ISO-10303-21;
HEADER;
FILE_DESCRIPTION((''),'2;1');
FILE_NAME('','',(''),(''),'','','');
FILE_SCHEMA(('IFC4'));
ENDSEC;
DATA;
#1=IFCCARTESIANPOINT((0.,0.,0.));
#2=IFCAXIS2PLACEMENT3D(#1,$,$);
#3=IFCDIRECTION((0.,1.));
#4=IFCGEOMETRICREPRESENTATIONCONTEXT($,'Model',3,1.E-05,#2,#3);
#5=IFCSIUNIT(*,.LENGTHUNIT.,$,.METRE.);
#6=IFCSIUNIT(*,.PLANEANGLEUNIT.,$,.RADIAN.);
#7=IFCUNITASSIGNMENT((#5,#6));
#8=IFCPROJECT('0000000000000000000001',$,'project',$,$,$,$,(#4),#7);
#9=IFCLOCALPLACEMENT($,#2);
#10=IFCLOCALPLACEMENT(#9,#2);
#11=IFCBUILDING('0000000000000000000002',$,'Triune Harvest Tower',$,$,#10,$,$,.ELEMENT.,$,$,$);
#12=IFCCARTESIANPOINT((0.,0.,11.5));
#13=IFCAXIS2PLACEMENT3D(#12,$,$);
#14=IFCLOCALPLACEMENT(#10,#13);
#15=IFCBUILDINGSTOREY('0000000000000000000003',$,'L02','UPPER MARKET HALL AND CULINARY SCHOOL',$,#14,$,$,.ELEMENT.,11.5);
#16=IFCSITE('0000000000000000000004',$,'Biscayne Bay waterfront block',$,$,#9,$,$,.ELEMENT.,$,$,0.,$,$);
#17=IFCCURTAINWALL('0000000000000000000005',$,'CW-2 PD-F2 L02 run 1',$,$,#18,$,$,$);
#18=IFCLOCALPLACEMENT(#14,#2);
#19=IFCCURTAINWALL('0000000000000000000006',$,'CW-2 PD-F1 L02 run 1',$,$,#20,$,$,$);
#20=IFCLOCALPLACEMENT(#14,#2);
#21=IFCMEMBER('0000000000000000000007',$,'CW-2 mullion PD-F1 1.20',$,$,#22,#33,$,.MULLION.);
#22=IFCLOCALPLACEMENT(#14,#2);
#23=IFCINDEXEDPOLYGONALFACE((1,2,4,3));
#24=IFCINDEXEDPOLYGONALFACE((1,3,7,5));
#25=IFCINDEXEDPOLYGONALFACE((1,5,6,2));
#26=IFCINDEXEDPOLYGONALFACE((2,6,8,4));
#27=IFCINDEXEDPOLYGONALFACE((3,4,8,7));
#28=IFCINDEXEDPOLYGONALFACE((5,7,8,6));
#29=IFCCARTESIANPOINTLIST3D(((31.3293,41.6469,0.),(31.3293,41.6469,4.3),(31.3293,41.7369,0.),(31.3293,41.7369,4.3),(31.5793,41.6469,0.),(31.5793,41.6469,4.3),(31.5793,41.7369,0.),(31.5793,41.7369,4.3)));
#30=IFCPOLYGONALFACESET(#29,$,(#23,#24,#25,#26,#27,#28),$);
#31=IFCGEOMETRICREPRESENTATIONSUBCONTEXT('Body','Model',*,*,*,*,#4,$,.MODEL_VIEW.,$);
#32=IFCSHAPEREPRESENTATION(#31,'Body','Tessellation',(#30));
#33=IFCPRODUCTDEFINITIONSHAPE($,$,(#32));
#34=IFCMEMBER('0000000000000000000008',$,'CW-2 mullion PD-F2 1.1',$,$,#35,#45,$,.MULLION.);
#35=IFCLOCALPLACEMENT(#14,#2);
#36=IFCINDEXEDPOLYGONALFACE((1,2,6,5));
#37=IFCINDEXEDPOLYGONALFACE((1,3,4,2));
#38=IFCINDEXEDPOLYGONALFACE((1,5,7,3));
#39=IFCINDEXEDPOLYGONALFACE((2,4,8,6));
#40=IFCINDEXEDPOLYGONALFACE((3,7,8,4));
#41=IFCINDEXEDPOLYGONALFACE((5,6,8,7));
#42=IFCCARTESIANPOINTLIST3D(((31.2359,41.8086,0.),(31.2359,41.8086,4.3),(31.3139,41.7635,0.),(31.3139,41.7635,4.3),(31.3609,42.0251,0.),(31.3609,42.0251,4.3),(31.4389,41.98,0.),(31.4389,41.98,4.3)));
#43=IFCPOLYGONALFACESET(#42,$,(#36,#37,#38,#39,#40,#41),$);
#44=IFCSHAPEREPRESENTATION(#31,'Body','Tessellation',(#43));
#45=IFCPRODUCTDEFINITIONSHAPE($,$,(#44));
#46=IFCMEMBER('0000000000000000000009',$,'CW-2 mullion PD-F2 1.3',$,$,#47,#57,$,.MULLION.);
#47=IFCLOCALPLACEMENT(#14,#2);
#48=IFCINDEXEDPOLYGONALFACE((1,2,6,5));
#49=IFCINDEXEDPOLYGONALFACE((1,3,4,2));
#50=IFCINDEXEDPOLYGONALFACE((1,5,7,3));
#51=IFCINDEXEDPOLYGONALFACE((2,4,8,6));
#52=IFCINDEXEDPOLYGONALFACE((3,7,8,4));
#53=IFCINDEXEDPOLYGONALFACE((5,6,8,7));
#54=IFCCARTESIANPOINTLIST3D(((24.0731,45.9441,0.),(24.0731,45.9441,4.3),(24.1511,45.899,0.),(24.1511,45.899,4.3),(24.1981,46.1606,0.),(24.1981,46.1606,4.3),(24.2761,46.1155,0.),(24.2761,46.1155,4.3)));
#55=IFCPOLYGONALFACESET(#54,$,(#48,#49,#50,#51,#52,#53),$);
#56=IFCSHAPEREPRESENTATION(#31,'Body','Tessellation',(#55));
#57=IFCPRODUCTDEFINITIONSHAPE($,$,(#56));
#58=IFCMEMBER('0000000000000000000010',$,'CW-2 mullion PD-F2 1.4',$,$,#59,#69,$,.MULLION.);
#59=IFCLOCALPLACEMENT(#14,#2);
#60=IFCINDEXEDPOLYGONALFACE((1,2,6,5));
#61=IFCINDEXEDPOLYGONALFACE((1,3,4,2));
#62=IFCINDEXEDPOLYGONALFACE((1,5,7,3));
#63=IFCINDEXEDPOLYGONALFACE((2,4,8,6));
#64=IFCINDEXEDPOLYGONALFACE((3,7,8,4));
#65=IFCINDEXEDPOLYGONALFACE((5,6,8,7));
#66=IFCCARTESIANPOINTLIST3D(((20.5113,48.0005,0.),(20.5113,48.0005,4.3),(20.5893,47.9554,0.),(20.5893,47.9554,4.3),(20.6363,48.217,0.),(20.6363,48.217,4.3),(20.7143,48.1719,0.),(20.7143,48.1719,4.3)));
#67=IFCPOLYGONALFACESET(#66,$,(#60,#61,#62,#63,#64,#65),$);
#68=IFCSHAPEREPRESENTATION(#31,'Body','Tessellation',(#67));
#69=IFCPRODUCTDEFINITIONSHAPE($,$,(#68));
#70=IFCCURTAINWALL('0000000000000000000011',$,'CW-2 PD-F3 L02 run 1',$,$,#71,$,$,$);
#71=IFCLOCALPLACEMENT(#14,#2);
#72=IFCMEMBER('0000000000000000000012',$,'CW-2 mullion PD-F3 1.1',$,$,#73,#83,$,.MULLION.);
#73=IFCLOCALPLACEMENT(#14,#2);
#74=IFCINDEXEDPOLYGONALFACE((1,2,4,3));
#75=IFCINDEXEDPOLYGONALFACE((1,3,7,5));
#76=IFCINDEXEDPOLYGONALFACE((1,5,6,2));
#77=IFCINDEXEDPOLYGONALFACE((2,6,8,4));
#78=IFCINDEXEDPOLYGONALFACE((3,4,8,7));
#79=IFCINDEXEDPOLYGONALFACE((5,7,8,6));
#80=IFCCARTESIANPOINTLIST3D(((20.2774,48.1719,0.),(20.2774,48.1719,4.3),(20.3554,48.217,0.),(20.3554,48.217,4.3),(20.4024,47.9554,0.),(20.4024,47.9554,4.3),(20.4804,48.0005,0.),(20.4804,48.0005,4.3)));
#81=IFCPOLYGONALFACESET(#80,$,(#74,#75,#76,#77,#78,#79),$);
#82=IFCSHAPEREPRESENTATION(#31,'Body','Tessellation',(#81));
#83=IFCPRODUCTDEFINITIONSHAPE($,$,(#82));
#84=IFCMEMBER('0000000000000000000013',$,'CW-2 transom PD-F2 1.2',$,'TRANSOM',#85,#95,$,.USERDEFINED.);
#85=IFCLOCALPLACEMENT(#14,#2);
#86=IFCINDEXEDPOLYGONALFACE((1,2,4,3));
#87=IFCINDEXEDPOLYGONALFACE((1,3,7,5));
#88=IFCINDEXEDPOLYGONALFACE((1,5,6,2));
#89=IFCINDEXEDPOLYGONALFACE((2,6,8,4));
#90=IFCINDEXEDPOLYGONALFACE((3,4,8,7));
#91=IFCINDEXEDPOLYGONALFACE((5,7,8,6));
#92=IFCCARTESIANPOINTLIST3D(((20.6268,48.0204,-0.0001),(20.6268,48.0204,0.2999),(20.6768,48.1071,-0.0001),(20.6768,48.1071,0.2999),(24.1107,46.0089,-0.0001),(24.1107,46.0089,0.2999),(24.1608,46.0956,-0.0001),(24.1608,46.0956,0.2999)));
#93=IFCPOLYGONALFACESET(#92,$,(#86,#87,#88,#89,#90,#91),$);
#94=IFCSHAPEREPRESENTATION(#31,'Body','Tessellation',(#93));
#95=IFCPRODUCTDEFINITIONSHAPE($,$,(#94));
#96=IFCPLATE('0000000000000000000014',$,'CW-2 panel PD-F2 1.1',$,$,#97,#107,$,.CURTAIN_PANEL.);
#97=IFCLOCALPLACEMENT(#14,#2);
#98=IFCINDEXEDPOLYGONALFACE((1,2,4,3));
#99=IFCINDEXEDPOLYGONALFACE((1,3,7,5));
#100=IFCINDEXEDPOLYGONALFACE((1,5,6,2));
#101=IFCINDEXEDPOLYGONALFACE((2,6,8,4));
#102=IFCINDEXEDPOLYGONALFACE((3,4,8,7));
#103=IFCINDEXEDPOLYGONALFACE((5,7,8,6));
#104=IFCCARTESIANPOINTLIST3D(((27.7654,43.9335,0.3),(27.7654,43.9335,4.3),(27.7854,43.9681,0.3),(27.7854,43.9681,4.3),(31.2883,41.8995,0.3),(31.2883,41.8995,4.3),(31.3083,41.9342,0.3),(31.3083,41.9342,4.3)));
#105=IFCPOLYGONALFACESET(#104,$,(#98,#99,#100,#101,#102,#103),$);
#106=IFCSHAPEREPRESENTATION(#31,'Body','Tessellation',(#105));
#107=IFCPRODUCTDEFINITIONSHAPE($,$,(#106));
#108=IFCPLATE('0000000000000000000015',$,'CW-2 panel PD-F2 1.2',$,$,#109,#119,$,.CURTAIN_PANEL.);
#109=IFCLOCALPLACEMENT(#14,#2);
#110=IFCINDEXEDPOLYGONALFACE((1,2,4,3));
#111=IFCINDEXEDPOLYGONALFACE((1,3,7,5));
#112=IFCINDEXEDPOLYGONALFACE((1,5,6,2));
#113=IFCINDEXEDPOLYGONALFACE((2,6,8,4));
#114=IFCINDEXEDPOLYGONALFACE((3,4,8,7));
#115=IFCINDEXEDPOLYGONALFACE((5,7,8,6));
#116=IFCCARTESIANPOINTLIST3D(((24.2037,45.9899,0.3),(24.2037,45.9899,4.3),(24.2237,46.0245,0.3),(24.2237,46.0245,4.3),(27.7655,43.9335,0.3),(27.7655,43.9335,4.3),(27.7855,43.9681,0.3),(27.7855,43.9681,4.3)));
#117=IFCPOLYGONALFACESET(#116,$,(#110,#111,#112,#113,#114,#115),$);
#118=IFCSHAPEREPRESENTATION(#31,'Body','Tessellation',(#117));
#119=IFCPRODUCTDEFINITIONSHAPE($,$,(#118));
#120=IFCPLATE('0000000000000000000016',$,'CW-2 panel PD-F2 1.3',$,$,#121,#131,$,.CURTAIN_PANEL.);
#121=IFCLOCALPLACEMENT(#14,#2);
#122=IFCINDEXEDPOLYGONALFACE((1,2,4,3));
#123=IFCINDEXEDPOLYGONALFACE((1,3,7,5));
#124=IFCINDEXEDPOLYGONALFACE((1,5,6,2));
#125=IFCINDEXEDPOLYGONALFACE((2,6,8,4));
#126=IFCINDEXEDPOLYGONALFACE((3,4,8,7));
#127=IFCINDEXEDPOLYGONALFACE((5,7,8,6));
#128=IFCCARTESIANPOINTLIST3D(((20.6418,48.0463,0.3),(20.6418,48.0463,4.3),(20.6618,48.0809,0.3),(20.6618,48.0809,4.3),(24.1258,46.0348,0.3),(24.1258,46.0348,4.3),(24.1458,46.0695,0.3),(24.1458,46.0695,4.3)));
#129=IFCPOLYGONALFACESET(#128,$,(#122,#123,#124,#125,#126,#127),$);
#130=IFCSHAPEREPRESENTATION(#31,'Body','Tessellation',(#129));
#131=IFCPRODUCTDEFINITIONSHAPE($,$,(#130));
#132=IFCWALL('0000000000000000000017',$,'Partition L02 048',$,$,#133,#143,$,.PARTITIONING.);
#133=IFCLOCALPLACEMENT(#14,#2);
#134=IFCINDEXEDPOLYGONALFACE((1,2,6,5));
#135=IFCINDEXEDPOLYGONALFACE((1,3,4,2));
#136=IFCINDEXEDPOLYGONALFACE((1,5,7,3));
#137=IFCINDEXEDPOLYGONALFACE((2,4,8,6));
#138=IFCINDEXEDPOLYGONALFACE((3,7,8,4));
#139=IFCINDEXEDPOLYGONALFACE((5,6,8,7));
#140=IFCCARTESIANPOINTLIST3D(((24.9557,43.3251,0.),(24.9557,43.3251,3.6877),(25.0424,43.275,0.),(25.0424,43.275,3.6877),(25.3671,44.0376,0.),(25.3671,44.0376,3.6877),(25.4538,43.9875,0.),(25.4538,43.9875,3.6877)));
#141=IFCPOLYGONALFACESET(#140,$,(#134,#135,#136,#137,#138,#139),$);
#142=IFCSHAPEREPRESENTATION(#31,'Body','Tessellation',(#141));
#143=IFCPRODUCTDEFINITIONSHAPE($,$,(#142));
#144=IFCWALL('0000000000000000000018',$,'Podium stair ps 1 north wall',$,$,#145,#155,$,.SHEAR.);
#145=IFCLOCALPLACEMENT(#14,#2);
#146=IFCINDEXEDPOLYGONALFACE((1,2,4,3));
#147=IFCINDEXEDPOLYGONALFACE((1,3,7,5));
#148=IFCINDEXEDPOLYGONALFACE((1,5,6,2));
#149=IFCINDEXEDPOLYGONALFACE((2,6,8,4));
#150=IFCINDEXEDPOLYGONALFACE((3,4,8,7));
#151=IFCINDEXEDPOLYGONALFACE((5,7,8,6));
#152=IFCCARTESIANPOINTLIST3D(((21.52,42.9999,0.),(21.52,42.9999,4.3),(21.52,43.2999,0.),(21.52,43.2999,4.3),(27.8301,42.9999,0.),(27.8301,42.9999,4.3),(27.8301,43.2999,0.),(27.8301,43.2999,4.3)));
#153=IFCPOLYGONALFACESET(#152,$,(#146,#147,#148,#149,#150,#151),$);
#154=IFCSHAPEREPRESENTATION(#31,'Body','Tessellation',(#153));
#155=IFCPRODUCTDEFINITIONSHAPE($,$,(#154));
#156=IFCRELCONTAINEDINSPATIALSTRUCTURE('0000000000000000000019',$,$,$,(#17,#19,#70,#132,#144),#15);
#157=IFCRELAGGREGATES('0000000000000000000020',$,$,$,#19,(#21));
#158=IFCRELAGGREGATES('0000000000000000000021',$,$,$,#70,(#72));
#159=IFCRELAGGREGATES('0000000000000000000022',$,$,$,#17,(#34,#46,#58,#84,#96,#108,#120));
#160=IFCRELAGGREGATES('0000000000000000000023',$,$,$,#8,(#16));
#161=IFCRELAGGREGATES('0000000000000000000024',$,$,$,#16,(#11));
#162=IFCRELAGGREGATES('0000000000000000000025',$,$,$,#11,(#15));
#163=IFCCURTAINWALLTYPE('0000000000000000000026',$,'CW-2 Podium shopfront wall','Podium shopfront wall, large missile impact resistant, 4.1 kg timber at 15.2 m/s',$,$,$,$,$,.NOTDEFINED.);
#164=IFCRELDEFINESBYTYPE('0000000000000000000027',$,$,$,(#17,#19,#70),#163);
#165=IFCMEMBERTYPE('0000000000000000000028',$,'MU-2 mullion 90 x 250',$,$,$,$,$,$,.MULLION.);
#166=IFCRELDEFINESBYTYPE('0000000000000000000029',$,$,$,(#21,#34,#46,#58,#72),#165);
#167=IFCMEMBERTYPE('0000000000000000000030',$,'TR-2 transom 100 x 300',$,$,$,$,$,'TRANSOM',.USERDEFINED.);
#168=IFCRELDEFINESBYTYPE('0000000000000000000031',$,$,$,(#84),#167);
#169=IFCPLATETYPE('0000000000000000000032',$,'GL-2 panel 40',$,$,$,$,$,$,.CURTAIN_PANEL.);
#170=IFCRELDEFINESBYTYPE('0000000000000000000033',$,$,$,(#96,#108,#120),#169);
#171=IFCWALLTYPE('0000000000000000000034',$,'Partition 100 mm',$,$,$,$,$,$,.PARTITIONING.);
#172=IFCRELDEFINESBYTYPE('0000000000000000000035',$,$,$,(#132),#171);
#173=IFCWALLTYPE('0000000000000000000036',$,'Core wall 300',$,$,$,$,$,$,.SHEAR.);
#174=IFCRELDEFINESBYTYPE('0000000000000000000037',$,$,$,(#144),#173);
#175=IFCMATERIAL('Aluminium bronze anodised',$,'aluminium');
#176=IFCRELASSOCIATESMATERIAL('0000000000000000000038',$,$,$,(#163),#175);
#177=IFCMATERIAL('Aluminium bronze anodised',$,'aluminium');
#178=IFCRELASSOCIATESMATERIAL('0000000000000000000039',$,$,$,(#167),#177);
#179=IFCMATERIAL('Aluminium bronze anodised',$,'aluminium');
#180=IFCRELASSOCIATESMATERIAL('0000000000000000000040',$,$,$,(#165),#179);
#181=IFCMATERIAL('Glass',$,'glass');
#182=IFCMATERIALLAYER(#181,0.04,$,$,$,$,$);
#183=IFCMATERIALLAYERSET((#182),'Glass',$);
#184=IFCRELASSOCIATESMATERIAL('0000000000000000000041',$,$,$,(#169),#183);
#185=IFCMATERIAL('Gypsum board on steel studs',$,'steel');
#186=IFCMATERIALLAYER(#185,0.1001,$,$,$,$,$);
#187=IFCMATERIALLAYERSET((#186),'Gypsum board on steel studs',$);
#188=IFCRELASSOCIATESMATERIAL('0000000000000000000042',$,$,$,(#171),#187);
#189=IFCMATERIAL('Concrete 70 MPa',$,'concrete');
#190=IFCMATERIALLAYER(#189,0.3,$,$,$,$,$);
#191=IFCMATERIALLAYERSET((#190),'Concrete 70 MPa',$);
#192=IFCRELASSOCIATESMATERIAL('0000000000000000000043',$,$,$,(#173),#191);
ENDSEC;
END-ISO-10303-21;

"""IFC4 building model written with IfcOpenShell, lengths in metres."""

from ifc_helpers import new_model, si_unit, direction, frame, frame_2d, origin, origin_2d, place, context, subcontext, project, spatial, rectangle, extrude, source, transform, mapped, material, layer, layer_set, material_profile, profile_set, type_object, element, aggregate, save


model = new_model("IFC4")

# Units and contexts
model_context = context("Model", 3, precision=1e-05, world=origin(), true_north=direction((0.0, 1.0)))
body_context = subcontext(model_context, "Body", "Model", "MODEL_VIEW")
ifc_project = project(units=[si_unit("LENGTHUNIT", "METRE"), si_unit("PLANEANGLEUNIT", "RADIAN")], contexts=[model_context])

# Site, building, storey
site_placement = place(None, origin())
site = spatial("IfcSite", under=ifc_project, at=site_placement, Name="Biscayne Bay waterfront block", CompositionType="ELEMENT", RefElevation=0.0)
building_placement = place(site_placement, origin())
building = spatial("IfcBuilding", under=site, at=building_placement, Name="Triune Harvest Tower", CompositionType="ELEMENT")
storey_placement = place(building_placement, frame((0.0, 0.0, 11.5)))
storey = spatial("IfcBuildingStorey", under=building, at=storey_placement, Name="L02", Description="UPPER MARKET HALL AND CULINARY SCHOOL", CompositionType="ELEMENT", Elevation=11.5)

# Curtain walls, member
ifc_material_1 = material(Name="Aluminium bronze anodised", Category="aluminium")
curtain_wall_type = type_object("IfcCurtainWallType", Name="CW-2 Podium shopfront wall", Description="Podium shopfront wall, large missile impact resistant, 4.1 kg timber at 15.2 m/s", PredefinedType="NOTDEFINED", material=ifc_material_1)
curtain_wall_1_placement = place(storey_placement, origin())
curtain_wall_1 = element("IfcCurtainWall", 1, at=curtain_wall_1_placement, inside=storey, type_object=curtain_wall_type, Name="CW-2 PD-F2 L02 run 1")
ifc_material_2 = material(Name="Aluminium bronze anodised", Category="aluminium")
ifc_material_profile_1 = material_profile(ifc_material_2, rectangle(XDim=0.1001, YDim=0.3, at=origin_2d()), Name="TR-2 transom 100 x 300")
ifc_profile_set_1 = profile_set([ifc_material_profile_1], Name="Aluminium bronze anodised")
member_type_1 = type_object("IfcMemberType", Name="TR-2 transom 100 x 300", ElementType="TRANSOM", PredefinedType="USERDEFINED", material=ifc_profile_set_1)
curtain_wall_2_placement = place(storey_placement, origin())
curtain_wall_2 = element("IfcCurtainWall", 2, at=curtain_wall_2_placement, inside=storey, type_object=curtain_wall_type, Name="CW-2 PD-F1 L02 run 1")
ifc_material_3 = material(Name="Aluminium bronze anodised", Category="aluminium")
ifc_material_profile_2 = material_profile(ifc_material_3, rectangle(XDim=0.25, YDim=0.0901, at=origin_2d()), Name="MU-2 mullion 90 x 250")
ifc_profile_set_2 = profile_set([ifc_material_profile_2], Name="Aluminium bronze anodised")
member_type_2 = type_object("IfcMemberType", Name="MU-2 mullion 90 x 250", PredefinedType="MULLION", material=ifc_profile_set_2)
shared_shape_1 = source(origin(), body_context, "Body", "SweptSolid", [
    extrude(rectangle(XDim=0.25, YDim=0.0901, at=origin_2d()), origin(), (0.0, 0.0, 1.0), 4.3),
])
member_1_placement = place(storey_placement, frame((31.4543, 41.6919, 0.0), z_axis=(0.0, 0.0, 1.0), x_axis=(-1.0, 0.0, 0.0)))
member_1 = element("IfcMember", 3, at=member_1_placement, type_object=member_type_2, Name="CW-2 mullion PD-F1 1.20", PredefinedType="MULLION", context=body_context, shape_type="MappedRepresentation", body=[
    mapped(shared_shape_1, transform((0.0, 0.0, 0.0), scale=1.0)),
])
aggregate(curtain_wall_2, [member_1])

# Members
member_2_placement = place(storey_placement, frame((31.3374, 41.8943, 0.0), z_axis=(0.0, 0.0, 1.0), x_axis=(-0.499998, -0.866027, 0.0)))
member_2 = element("IfcMember", 4, at=member_2_placement, type_object=member_type_2, Name="CW-2 mullion PD-F2 1.1", PredefinedType="MULLION", context=body_context, shape_type="MappedRepresentation", body=[
    mapped(shared_shape_1, transform((0.0, 0.0, 0.0), scale=1.0)),
])
member_3_placement = place(storey_placement, frame((24.1746, 46.0298, 0.0), z_axis=(0.0, 0.0, 1.0), x_axis=(-0.499998, -0.866027, 0.0)))
member_3 = element("IfcMember", 5, at=member_3_placement, type_object=member_type_2, Name="CW-2 mullion PD-F2 1.3", PredefinedType="MULLION", context=body_context, shape_type="MappedRepresentation", body=[
    mapped(shared_shape_1, transform((0.0, 0.0, 0.0), scale=1.0)),
])
member_4_placement = place(storey_placement, frame((20.6128, 48.0862, 0.0), z_axis=(0.0, 0.0, 1.0), x_axis=(-0.499998, -0.866027, 0.0)))
member_4 = element("IfcMember", 6, at=member_4_placement, type_object=member_type_2, Name="CW-2 mullion PD-F2 1.4", PredefinedType="MULLION", context=body_context, shape_type="MappedRepresentation", body=[
    mapped(shared_shape_1, transform((0.0, 0.0, 0.0), scale=1.0)),
])

# Curtain wall, member
curtain_wall_3_placement = place(storey_placement, origin())
curtain_wall_3 = element("IfcCurtainWall", 7, at=curtain_wall_3_placement, inside=storey, type_object=curtain_wall_type, Name="CW-2 PD-F3 L02 run 1")
member_5_placement = place(storey_placement, frame((20.3789, 48.0862, 0.0), z_axis=(0.0, 0.0, 1.0), x_axis=(0.5, -0.866025, 0.0)))
member_5 = element("IfcMember", 8, at=member_5_placement, type_object=member_type_2, Name="CW-2 mullion PD-F3 1.1", PredefinedType="MULLION", context=body_context, shape_type="MappedRepresentation", body=[
    mapped(shared_shape_1, transform((0.0, 0.0, 0.0), scale=1.0)),
])
aggregate(curtain_wall_3, [member_5])

# Member
shared_shape_2 = source(origin(), body_context, "Body", "SweptSolid", [
    extrude(rectangle(XDim=0.1001, YDim=0.3, at=origin_2d()), origin(), (0.0, 0.0, 1.0), 4.0229),
])
member_6_placement = place(storey_placement, frame((24.1357, 46.0522, 0.1499), z_axis=(-0.86602, 0.50001, 0.0), x_axis=(-0.50001, -0.86602, 0.0)))
member_6 = element("IfcMember", 9, at=member_6_placement, type_object=member_type_1, Name="CW-2 transom PD-F2 1.2", ObjectType="TRANSOM", PredefinedType="USERDEFINED", context=body_context, shape_type="MappedRepresentation", body=[
    mapped(shared_shape_2, transform((0.0, 0.0, 0.0), scale=1.0)),
])

# Plates
ifc_material_4 = material(Name="Glass", Category="glass")
ifc_layer_1 = layer(ifc_material_4, 0.04)
ifc_layer_set_1 = layer_set([ifc_layer_1], Name="Glass")
plate_type = type_object("IfcPlateType", Name="GL-2 panel 40", PredefinedType="CURTAIN_PANEL", material=ifc_layer_set_1)
shared_shape_3 = source(origin(), body_context, "Body", "SweptSolid", [
    extrude(rectangle(XDim=4.0679, YDim=0.04, at=origin_2d()), origin(), (0.0, 0.0, 1.0), 4.0),
])
plate_1_placement = place(storey_placement, frame((29.5369, 42.9338, 0.3), z_axis=(0.0, 0.0, 1.0), x_axis=(-0.866027, 0.499998, 0.0)))
plate_1 = element("IfcPlate", 10, at=plate_1_placement, type_object=plate_type, Name="CW-2 panel PD-F2 1.1", PredefinedType="CURTAIN_PANEL", context=body_context, shape_type="MappedRepresentation", body=[
    mapped(shared_shape_3, transform((0.0, 0.0, 0.0), scale=1.0)),
])
shared_shape_4 = source(origin(), body_context, "Body", "SweptSolid", [
    extrude(rectangle(XDim=4.1128, YDim=0.04, at=origin_2d()), origin(), (0.0, 0.0, 1.0), 4.0),
])
plate_2_placement = place(storey_placement, frame((25.9946, 44.979, 0.3), z_axis=(0.0, 0.0, 1.0), x_axis=(-0.866027, 0.499998, 0.0)))
plate_2 = element("IfcPlate", 11, at=plate_2_placement, type_object=plate_type, Name="CW-2 panel PD-F2 1.2", PredefinedType="CURTAIN_PANEL", context=body_context, shape_type="MappedRepresentation", body=[
    mapped(shared_shape_4, transform((0.0, 0.0, 0.0), scale=1.0)),
])
shared_shape_5 = source(origin(), body_context, "Body", "SweptSolid", [
    extrude(rectangle(XDim=4.0229, YDim=0.04, at=origin_2d()), origin(), (0.0, 0.0, 1.0), 4.0),
])
plate_3_placement = place(storey_placement, frame((22.3938, 47.0579, 0.3), z_axis=(0.0, 0.0, 1.0), x_axis=(-0.866027, 0.499998, 0.0)))
plate_3 = element("IfcPlate", 12, at=plate_3_placement, type_object=plate_type, Name="CW-2 panel PD-F2 1.3", PredefinedType="CURTAIN_PANEL", context=body_context, shape_type="MappedRepresentation", body=[
    mapped(shared_shape_5, transform((0.0, 0.0, 0.0), scale=1.0)),
])
aggregate(curtain_wall_1, [member_2, member_3, member_4, member_6, plate_1, plate_2, plate_3])

# Walls
ifc_material_5 = material(Name="Gypsum board on steel studs", Category="steel")
ifc_layer_2 = layer(ifc_material_5, 0.1001)
ifc_layer_set_2 = layer_set([ifc_layer_2], Name="Gypsum board on steel studs")
wall_type_1 = type_object("IfcWallType", Name="Partition 100 mm", PredefinedType="PARTITIONING", material=ifc_layer_set_2)
wall_1_placement = place(storey_placement, frame((24.999, 43.3, 0.0), z_axis=(0.0, 0.0, 1.0), x_axis=(0.500065, 0.865988, 0.0)))
element("IfcWall", 13, at=wall_1_placement, inside=storey, type_object=wall_type_1, Name="Partition L02 048", PredefinedType="PARTITIONING", context=body_context, shape_type="SweptSolid", body=[
    extrude(rectangle(XDim=0.8228, YDim=0.1001, at=frame_2d((0.4114, 0.0))), origin(), (0.0, 0.0, 1.0), 3.6877),
])
ifc_material_6 = material(Name="Concrete 70 MPa", Category="concrete")
ifc_layer_3 = layer(ifc_material_6, 0.3)
ifc_layer_set_3 = layer_set([ifc_layer_3], Name="Concrete 70 MPa")
wall_type_2 = type_object("IfcWallType", Name="Core wall 300", PredefinedType="SHEAR", material=ifc_layer_set_3)
shared_shape_6 = source(origin(), body_context, "Body", "SweptSolid", [
    extrude(rectangle(XDim=6.3101, YDim=0.3, at=frame_2d((3.155, 0.0))), origin(), (0.0, 0.0, 1.0), 4.3),
])
wall_2_placement = place(storey_placement, frame((21.52, 43.1499, 0.0), z_axis=(0.0, 0.0, 1.0), x_axis=(1.0, 0.0, 0.0)))
element("IfcWall", 14, at=wall_2_placement, inside=storey, type_object=wall_type_2, Name="Podium stair ps 1 north wall", PredefinedType="SHEAR", context=body_context, shape_type="MappedRepresentation", body=[
    mapped(shared_shape_6, transform((0.0, 0.0, 0.0), scale=1.0)),
])

save(model, "model.ifc")
